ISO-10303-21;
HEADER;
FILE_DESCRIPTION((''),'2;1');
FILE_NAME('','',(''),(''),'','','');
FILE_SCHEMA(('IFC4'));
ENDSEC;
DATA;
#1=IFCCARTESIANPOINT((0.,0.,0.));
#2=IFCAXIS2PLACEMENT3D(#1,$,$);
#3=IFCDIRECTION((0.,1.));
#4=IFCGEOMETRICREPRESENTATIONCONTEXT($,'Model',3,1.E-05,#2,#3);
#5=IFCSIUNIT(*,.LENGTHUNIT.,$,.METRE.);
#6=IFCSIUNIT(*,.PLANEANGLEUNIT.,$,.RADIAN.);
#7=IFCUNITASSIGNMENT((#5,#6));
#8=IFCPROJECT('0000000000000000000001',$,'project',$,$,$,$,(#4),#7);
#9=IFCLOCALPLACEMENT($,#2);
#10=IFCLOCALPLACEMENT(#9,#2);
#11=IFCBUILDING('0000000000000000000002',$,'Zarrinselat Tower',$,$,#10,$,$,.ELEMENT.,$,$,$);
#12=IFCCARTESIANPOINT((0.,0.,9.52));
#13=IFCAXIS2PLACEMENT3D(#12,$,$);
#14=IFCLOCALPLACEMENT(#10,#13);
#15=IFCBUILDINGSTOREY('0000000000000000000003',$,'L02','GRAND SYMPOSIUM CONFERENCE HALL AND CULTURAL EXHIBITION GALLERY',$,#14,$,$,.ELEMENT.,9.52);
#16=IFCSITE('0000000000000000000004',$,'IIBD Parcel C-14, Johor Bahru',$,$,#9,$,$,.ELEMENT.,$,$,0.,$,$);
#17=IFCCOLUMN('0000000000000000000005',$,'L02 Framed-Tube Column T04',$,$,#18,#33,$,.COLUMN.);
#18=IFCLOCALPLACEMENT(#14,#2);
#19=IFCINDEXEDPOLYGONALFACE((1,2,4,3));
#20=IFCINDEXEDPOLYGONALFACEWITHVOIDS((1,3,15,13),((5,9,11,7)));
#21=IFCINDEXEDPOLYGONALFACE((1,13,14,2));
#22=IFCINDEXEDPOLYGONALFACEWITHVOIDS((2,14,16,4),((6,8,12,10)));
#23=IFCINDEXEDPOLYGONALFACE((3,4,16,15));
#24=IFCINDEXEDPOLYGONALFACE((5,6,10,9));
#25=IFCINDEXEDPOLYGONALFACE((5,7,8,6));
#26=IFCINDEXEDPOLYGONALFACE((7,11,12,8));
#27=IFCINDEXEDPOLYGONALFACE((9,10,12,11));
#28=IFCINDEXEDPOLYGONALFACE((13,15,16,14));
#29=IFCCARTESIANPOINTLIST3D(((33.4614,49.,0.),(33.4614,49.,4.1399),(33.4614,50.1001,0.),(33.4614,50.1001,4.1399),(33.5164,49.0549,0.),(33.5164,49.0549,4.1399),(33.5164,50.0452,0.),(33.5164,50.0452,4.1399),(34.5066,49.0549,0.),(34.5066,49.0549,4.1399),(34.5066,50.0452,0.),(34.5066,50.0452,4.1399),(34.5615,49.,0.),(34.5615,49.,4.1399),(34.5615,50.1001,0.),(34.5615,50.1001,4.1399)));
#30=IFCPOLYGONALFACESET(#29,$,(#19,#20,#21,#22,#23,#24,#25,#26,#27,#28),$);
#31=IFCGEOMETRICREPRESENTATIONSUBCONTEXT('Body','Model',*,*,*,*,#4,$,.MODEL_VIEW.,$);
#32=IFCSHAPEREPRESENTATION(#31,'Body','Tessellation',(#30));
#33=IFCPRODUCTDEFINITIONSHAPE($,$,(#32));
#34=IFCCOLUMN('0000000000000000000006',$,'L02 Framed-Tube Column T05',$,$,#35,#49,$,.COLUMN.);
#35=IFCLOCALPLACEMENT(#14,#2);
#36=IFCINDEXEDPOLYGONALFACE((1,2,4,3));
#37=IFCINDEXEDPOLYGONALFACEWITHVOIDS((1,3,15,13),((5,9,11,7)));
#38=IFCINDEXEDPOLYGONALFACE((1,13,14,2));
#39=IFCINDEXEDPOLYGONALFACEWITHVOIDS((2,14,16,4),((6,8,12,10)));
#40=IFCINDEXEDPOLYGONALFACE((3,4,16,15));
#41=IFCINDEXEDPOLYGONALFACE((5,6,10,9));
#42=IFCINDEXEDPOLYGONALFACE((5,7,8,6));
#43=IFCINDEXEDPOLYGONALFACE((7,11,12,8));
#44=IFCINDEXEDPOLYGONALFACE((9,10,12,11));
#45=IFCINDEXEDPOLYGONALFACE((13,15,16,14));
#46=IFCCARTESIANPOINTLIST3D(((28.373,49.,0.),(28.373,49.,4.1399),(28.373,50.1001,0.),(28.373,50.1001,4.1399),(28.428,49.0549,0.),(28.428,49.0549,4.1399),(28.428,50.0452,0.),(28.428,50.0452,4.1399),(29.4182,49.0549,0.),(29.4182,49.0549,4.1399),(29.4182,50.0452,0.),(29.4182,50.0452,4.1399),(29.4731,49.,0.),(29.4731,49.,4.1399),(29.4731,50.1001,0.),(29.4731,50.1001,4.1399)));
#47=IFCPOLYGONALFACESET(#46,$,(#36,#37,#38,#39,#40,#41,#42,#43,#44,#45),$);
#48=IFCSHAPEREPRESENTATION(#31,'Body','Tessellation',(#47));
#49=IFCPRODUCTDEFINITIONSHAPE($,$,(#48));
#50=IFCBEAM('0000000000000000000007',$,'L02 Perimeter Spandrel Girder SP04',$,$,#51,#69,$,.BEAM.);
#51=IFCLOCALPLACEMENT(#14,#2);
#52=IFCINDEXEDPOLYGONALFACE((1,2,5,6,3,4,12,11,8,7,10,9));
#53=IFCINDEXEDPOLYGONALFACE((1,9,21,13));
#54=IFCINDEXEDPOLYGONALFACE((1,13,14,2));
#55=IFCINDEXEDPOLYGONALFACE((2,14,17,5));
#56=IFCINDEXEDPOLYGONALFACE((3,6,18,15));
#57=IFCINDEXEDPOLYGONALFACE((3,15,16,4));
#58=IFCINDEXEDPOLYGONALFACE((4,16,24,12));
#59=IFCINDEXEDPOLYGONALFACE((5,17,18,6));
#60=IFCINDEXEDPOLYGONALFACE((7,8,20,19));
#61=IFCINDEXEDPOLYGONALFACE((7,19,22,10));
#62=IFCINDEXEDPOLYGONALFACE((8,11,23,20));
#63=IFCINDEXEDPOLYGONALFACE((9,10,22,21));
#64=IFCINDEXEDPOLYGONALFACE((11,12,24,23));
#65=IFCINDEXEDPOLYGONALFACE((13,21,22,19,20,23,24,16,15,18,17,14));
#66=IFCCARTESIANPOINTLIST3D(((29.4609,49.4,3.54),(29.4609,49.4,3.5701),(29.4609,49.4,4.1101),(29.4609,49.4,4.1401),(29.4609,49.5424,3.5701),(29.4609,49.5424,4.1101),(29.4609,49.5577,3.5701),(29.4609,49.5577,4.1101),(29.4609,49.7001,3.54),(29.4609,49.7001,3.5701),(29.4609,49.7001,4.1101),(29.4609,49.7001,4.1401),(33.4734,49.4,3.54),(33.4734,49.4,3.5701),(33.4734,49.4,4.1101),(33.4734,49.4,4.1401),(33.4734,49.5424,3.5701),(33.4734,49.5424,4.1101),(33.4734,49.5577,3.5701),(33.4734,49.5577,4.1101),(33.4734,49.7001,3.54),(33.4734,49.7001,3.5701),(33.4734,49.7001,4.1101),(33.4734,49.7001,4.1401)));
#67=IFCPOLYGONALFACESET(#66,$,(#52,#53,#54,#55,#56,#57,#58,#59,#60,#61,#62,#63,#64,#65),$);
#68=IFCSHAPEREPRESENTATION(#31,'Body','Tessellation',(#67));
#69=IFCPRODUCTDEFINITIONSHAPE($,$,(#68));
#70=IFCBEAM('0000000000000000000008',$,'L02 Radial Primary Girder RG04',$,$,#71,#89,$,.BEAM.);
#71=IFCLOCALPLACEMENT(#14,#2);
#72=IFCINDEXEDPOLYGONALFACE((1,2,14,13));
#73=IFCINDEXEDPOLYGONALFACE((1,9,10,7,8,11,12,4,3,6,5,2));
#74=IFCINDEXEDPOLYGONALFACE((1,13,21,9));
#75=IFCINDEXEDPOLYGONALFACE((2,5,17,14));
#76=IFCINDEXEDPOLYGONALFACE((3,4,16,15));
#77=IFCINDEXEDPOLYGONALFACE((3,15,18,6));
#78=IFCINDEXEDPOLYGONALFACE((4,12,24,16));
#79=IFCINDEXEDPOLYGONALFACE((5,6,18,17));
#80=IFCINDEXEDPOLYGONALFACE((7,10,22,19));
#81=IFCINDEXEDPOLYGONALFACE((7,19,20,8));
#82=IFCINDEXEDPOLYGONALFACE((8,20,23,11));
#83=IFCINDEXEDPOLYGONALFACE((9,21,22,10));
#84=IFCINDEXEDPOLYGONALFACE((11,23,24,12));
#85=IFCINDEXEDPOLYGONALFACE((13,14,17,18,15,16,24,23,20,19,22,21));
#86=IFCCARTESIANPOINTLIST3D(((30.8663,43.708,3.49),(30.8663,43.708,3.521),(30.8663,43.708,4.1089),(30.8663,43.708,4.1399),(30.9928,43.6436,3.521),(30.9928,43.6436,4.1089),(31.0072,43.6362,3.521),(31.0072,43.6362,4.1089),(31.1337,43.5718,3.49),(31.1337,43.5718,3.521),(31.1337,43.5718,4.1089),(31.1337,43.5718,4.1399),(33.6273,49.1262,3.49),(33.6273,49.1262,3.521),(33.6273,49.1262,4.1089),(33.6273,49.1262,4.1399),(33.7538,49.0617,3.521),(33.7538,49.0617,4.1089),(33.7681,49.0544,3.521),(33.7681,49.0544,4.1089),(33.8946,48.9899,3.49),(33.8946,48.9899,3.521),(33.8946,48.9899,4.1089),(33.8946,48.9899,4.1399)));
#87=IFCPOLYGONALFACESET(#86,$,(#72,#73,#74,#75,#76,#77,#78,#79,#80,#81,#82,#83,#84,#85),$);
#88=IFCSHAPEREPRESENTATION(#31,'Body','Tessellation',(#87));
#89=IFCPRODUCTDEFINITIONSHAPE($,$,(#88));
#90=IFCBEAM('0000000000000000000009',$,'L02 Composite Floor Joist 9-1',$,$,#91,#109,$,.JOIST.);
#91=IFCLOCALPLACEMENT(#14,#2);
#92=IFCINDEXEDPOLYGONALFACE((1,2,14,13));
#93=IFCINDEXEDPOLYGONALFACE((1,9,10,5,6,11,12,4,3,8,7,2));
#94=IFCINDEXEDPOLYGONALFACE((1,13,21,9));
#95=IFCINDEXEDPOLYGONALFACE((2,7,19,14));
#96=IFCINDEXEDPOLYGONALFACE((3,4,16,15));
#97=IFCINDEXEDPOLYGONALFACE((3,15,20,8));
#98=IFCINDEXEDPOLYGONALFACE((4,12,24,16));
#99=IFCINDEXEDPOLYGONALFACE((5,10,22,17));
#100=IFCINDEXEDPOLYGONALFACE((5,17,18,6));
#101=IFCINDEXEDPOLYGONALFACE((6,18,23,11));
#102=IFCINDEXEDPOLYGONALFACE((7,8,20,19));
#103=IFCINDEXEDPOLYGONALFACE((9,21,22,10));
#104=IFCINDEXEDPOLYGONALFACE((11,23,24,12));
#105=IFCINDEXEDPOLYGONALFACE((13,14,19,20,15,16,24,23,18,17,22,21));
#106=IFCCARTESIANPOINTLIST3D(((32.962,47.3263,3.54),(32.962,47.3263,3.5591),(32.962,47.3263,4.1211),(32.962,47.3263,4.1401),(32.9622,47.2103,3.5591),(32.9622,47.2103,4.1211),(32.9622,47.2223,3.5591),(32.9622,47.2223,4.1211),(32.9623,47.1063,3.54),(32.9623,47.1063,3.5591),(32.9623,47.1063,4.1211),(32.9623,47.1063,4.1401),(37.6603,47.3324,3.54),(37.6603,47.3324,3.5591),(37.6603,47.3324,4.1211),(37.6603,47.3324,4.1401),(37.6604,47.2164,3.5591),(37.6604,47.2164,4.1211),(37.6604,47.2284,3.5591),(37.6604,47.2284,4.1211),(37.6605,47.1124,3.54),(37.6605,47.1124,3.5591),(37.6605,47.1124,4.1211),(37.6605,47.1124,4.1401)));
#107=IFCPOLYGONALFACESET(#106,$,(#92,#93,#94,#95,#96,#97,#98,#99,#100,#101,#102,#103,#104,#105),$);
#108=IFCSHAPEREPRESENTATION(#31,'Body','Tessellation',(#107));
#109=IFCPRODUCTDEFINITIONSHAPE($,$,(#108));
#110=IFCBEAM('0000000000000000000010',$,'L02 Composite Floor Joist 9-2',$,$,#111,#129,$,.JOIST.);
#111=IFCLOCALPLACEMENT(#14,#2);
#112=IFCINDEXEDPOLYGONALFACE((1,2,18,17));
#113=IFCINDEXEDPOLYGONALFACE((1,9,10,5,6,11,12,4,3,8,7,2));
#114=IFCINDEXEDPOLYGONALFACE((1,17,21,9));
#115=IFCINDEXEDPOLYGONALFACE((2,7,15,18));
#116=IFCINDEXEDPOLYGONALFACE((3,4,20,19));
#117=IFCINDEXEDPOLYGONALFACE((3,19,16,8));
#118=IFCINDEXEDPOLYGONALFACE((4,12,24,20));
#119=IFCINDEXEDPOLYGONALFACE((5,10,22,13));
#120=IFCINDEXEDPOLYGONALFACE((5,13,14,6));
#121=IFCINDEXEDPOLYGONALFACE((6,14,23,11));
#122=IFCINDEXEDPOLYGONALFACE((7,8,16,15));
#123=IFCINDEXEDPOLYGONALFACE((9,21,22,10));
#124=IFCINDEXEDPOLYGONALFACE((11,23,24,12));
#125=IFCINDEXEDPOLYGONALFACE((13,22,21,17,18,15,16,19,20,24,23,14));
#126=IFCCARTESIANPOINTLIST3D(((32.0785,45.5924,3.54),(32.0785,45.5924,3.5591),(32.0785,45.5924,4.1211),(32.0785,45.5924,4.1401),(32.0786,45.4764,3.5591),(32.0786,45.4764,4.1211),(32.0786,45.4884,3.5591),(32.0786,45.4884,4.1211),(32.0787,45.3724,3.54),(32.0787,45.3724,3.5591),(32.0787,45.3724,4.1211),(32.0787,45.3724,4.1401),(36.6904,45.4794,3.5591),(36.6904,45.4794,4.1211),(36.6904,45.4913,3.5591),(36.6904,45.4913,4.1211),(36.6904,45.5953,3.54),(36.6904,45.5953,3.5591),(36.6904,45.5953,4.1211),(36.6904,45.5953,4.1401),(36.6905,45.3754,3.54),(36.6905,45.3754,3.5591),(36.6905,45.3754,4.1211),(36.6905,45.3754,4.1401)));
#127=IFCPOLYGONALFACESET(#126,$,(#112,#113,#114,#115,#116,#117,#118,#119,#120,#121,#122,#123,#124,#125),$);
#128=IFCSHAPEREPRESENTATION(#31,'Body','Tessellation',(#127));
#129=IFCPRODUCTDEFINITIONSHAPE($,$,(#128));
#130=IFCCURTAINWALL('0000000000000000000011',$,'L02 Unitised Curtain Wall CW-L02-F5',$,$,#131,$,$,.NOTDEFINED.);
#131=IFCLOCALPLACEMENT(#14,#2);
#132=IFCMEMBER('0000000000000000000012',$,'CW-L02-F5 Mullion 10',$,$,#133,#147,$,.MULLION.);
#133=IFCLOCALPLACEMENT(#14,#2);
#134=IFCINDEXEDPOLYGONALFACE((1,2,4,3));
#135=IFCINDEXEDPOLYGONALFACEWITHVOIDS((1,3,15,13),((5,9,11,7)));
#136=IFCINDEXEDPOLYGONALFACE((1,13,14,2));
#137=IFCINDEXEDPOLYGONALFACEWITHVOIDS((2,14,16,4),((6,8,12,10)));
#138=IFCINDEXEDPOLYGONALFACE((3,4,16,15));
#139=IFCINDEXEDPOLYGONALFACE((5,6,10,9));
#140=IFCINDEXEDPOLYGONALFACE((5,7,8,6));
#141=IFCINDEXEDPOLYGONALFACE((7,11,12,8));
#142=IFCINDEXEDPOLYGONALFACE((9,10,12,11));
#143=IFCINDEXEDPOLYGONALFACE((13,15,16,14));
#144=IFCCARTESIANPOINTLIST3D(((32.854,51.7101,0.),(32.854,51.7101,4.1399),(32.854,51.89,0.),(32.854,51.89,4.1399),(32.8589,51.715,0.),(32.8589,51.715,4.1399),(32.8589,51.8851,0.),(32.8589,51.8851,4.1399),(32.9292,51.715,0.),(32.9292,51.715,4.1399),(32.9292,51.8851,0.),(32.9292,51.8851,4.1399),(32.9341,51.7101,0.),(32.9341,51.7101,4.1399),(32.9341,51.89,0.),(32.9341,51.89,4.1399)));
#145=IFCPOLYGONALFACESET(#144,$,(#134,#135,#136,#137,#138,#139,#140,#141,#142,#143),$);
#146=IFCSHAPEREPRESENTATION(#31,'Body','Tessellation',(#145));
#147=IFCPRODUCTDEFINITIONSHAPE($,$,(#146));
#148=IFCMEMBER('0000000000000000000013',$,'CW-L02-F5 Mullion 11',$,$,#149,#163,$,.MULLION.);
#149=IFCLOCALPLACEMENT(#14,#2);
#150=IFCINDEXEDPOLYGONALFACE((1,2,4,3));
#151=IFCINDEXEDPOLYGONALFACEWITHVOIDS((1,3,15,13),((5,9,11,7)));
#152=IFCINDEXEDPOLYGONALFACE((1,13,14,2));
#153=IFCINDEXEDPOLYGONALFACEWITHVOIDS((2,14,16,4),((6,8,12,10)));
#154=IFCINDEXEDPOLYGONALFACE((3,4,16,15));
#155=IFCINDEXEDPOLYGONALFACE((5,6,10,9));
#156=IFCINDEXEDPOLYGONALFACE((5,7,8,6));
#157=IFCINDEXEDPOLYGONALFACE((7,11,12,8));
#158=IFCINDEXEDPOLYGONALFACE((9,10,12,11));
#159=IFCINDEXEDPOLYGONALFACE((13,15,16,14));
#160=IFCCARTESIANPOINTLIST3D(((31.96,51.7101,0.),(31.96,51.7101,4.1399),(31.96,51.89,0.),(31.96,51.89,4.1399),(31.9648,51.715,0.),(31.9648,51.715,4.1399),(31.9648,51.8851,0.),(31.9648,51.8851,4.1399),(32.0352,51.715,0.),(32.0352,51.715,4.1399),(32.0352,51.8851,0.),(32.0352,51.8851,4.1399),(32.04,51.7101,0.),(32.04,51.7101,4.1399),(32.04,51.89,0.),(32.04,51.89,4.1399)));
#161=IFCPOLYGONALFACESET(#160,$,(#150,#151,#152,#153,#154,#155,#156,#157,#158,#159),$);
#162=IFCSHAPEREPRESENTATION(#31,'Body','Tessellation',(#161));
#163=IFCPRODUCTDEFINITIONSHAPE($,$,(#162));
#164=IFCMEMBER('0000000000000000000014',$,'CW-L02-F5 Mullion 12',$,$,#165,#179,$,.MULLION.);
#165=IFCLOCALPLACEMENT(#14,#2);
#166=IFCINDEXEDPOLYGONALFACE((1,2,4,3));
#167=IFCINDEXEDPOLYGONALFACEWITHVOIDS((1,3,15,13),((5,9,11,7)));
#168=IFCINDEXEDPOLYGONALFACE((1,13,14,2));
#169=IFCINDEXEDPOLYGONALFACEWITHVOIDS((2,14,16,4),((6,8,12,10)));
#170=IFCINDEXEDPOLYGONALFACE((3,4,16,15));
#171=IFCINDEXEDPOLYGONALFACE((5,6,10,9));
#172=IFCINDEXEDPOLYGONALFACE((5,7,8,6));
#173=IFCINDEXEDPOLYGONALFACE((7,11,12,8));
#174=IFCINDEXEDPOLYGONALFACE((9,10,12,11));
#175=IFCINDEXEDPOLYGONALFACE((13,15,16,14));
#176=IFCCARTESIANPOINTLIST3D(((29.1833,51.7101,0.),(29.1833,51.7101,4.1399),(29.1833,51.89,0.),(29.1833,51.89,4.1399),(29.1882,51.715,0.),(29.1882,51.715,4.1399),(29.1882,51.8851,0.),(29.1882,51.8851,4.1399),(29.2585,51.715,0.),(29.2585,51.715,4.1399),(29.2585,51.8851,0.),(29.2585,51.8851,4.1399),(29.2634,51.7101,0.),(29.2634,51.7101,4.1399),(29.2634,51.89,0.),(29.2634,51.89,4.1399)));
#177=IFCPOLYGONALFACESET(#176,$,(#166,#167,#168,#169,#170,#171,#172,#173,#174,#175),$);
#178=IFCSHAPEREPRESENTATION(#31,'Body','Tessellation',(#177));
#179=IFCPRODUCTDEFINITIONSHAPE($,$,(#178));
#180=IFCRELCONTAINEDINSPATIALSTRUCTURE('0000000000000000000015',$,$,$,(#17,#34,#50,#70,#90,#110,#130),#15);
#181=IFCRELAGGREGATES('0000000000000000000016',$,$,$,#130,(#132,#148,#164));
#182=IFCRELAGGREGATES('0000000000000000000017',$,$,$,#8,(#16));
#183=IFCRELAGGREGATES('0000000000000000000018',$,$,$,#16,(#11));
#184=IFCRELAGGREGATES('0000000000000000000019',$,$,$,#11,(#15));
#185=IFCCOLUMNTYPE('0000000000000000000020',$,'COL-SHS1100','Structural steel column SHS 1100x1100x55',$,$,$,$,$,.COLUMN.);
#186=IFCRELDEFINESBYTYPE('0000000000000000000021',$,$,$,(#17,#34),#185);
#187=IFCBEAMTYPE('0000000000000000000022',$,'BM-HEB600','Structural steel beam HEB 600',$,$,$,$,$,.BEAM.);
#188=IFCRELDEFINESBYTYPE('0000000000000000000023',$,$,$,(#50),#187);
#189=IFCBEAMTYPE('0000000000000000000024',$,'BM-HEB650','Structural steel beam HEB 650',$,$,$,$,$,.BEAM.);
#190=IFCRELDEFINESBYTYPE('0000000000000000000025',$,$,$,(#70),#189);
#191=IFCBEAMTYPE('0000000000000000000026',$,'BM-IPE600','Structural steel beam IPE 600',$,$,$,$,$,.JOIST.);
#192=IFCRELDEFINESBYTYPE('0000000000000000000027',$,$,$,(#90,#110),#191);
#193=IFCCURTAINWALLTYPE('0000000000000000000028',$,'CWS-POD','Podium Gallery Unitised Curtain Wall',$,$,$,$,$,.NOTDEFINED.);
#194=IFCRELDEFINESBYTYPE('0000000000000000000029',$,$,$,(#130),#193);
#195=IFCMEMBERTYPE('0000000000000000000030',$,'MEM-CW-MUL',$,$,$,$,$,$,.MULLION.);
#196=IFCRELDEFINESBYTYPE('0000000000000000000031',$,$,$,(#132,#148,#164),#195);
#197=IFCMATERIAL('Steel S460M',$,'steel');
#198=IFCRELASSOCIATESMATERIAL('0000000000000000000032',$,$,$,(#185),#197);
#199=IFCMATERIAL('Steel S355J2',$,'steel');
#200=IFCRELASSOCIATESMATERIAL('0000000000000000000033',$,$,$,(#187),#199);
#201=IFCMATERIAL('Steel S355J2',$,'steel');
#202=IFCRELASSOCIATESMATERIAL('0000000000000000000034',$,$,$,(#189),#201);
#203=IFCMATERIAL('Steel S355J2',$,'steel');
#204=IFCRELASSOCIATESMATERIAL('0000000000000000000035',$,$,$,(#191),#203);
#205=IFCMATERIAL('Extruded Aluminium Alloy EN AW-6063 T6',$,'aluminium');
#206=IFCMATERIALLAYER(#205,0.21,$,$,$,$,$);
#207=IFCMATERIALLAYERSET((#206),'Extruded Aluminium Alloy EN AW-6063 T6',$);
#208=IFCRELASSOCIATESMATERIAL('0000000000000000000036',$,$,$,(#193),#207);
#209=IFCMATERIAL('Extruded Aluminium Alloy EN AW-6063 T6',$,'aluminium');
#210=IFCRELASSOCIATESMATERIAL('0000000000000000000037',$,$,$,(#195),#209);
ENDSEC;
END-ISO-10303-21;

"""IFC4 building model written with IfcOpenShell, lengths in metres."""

from ifc_helpers import new_model, si_unit, direction, frame, origin, origin_2d, place, context, subcontext, project, spatial, hollow_rectangle, i_section, extrude, material, layer, layer_set, material_profile, profile_set, type_object, element, aggregate, save


model = new_model("IFC4")

# Units and contexts
model_context = context("Model", 3, precision=1e-05, world=origin(), true_north=direction((0.0, 1.0)))
body_context = subcontext(model_context, "Body", "Model", "MODEL_VIEW")
ifc_project = project(units=[si_unit("LENGTHUNIT", "METRE"), si_unit("PLANEANGLEUNIT", "RADIAN")], contexts=[model_context])

# Site, building, storey
site_placement = place(None, origin())
site = spatial("IfcSite", under=ifc_project, at=site_placement, Name="IIBD Parcel C-14, Johor Bahru", CompositionType="ELEMENT", RefElevation=0.0)
building_placement = place(site_placement, origin())
building = spatial("IfcBuilding", under=site, at=building_placement, Name="Zarrinselat Tower", CompositionType="ELEMENT")
storey_placement = place(building_placement, frame((0.0, 0.0, 9.52)))
storey = spatial("IfcBuildingStorey", under=building, at=storey_placement, Name="L02", Description="GRAND SYMPOSIUM CONFERENCE HALL AND CULTURAL EXHIBITION GALLERY", CompositionType="ELEMENT", Elevation=9.52)

# Columns
ifc_material_1 = material(Name="Steel S460M", Category="steel")
ifc_material_profile_1 = material_profile(ifc_material_1, hollow_rectangle(XDim=1.1001, YDim=1.1001, WallThickness=0.0549, at=origin_2d()), Name="SHS 1100x1100x55")
ifc_profile_set_1 = profile_set([ifc_material_profile_1], Name="Steel S460M")
column_type = type_object("IfcColumnType", Name="COL-SHS1100", Description="Structural steel column SHS 1100x1100x55", PredefinedType="COLUMN", material=ifc_profile_set_1)
for number, where, z_axis, x_axis, name in (
    (1, (34.0115, 49.55, 0.0), (0.0, 0.0, 1.0), (1.0, 0.0, 0.0), "L02 Framed-Tube Column T04"),
    (2, (28.9231, 49.55, 0.0), (0.0, 0.0, 1.0), (1.0, 0.0, 0.0), "L02 Framed-Tube Column T05"),
):
    element("IfcColumn", number, at=place(storey_placement, frame(where, z_axis=z_axis, x_axis=x_axis)), inside=storey, type_object=column_type, Name=name, PredefinedType="COLUMN", context=body_context, shape_type="SweptSolid", body=[
        extrude(hollow_rectangle(XDim=1.1001, YDim=1.1001, WallThickness=0.0549, at=origin_2d()), origin(), (0.0, 0.0, 1.0), 4.1399),
    ])

# Beams
ifc_material_2 = material(Name="Steel S355J2", Category="steel")
ifc_material_profile_2 = material_profile(ifc_material_2, i_section(OverallWidth=0.3, OverallDepth=0.6001, WebThickness=0.0154, FlangeThickness=0.03, at=origin_2d()), Name="HEB 600")
ifc_profile_set_2 = profile_set([ifc_material_profile_2], Name="Steel S355J2")
beam_type_1 = type_object("IfcBeamType", Name="BM-HEB600", Description="Structural steel beam HEB 600", PredefinedType="BEAM", material=ifc_profile_set_2)
beam_1_placement = place(storey_placement, frame((29.4609, 49.55, 3.8401), z_axis=(1.0, 0.0, 0.0), x_axis=(0.0, 1.0, 0.0)))
element("IfcBeam", 3, at=beam_1_placement, inside=storey, type_object=beam_type_1, Name="L02 Perimeter Spandrel Girder SP04", PredefinedType="BEAM", context=body_context, shape_type="SweptSolid", body=[
    extrude(i_section(OverallWidth=0.3, OverallDepth=0.6001, WebThickness=0.0154, FlangeThickness=0.03, at=origin_2d()), origin(), (0.0, 0.0, 1.0), 4.0125),
])
ifc_material_3 = material(Name="Steel S355J2", Category="steel")
ifc_material_profile_3 = material_profile(ifc_material_3, i_section(OverallWidth=0.3, OverallDepth=0.6499, WebThickness=0.0161, FlangeThickness=0.031, at=origin_2d()), Name="HEB 650")
ifc_profile_set_3 = profile_set([ifc_material_profile_3], Name="Steel S355J2")
beam_type_2 = type_object("IfcBeamType", Name="BM-HEB650", Description="Structural steel beam HEB 650", PredefinedType="BEAM", material=ifc_profile_set_3)
beam_2_placement = place(storey_placement, frame((31.0, 43.6399, 3.8149), z_axis=(0.454026, 0.890989, 0.0), x_axis=(-0.890989, 0.454026, 0.0)))
element("IfcBeam", 4, at=beam_2_placement, inside=storey, type_object=beam_type_2, Name="L02 Radial Primary Girder RG04", PredefinedType="BEAM", context=body_context, shape_type="SweptSolid", body=[
    extrude(i_section(OverallWidth=0.3, OverallDepth=0.6499, WebThickness=0.0161, FlangeThickness=0.031, at=origin_2d()), origin(), (0.0, 0.0, 1.0), 6.0811),
])
ifc_material_4 = material(Name="Steel S355J2", Category="steel")
ifc_material_profile_4 = material_profile(ifc_material_4, i_section(OverallWidth=0.22, OverallDepth=0.6001, WebThickness=0.012, FlangeThickness=0.019, at=origin_2d()), Name="IPE 600")
ifc_profile_set_4 = profile_set([ifc_material_profile_4], Name="Steel S355J2")
beam_type_3 = type_object("IfcBeamType", Name="BM-IPE600", Description="Structural steel beam IPE 600", PredefinedType="JOIST", material=ifc_profile_set_4)
beam_3_placement = place(storey_placement, frame((32.9622, 47.2163, 3.8401), z_axis=(0.999999, 0.001299, 0.0), x_axis=(-0.001299, 0.999999, 0.0)))
element("IfcBeam", 5, at=beam_3_placement, inside=storey, type_object=beam_type_3, Name="L02 Composite Floor Joist 9-1", PredefinedType="JOIST", context=body_context, shape_type="SweptSolid", body=[
    extrude(i_section(OverallWidth=0.22, OverallDepth=0.6001, WebThickness=0.012, FlangeThickness=0.019, at=origin_2d()), origin(), (0.0, 0.0, 1.0), 4.6982),
])
beam_4_placement = place(storey_placement, frame((32.0786, 45.4824, 3.8401), z_axis=(1.0, 0.000635, 0.0), x_axis=(-0.000635, 1.0, 0.0)))
element("IfcBeam", 6, at=beam_4_placement, inside=storey, type_object=beam_type_3, Name="L02 Composite Floor Joist 9-2", PredefinedType="JOIST", context=body_context, shape_type="SweptSolid", body=[
    extrude(i_section(OverallWidth=0.22, OverallDepth=0.6001, WebThickness=0.012, FlangeThickness=0.019, at=origin_2d()), origin(), (0.0, 0.0, 1.0), 4.6118),
])

# Curtain wall, members
ifc_material_5 = material(Name="Extruded Aluminium Alloy EN AW-6063 T6", Category="aluminium")
ifc_layer_1 = layer(ifc_material_5, 0.21)
ifc_layer_set_1 = layer_set([ifc_layer_1], Name="Extruded Aluminium Alloy EN AW-6063 T6")
curtain_wall_type = type_object("IfcCurtainWallType", Name="CWS-POD", Description="Podium Gallery Unitised Curtain Wall", PredefinedType="NOTDEFINED", material=ifc_layer_set_1)
curtain_wall_placement = place(storey_placement, origin())
curtain_wall = element("IfcCurtainWall", 7, at=curtain_wall_placement, inside=storey, type_object=curtain_wall_type, Name="L02 Unitised Curtain Wall CW-L02-F5", PredefinedType="NOTDEFINED")
ifc_material_6 = material(Name="Extruded Aluminium Alloy EN AW-6063 T6", Category="aluminium")
ifc_material_profile_5 = material_profile(ifc_material_6, hollow_rectangle(XDim=0.0801, YDim=0.1799, WallThickness=0.0049, at=origin_2d()), Name="RHS 180x80x5")
ifc_profile_set_5 = profile_set([ifc_material_profile_5], Name="Extruded Aluminium Alloy EN AW-6063 T6")
member_type = type_object("IfcMemberType", Name="MEM-CW-MUL", PredefinedType="MULLION", material=ifc_profile_set_5)
member_1_placement = place(storey_placement, frame((32.894, 51.8, 0.0), z_axis=(0.0, 0.0, 1.0), x_axis=(-1.0, 0.0, 0.0)))
member_1 = element("IfcMember", 8, at=member_1_placement, type_object=member_type, Name="CW-L02-F5 Mullion 10", PredefinedType="MULLION", context=body_context, shape_type="SweptSolid", body=[
    extrude(hollow_rectangle(XDim=0.0801, YDim=0.1799, WallThickness=0.0049, at=origin_2d()), origin(), (0.0, 0.0, 1.0), 4.1399),
])
member_2_placement = place(storey_placement, frame((32.0, 51.8, 0.0), z_axis=(0.0, 0.0, 1.0), x_axis=(-1.0, 0.0, 0.0)))
member_2 = element("IfcMember", 9, at=member_2_placement, type_object=member_type, Name="CW-L02-F5 Mullion 11", PredefinedType="MULLION", context=body_context, shape_type="SweptSolid", body=[
    extrude(hollow_rectangle(XDim=0.0801, YDim=0.1799, WallThickness=0.0049, at=origin_2d()), origin(), (0.0, 0.0, 1.0), 4.1399),
])
member_3_placement = place(storey_placement, frame((29.2234, 51.8, 0.0), z_axis=(0.0, 0.0, 1.0), x_axis=(-1.0, 0.0, 0.0)))
member_3 = element("IfcMember", 10, at=member_3_placement, type_object=member_type, Name="CW-L02-F5 Mullion 12", PredefinedType="MULLION", context=body_context, shape_type="SweptSolid", body=[
    extrude(hollow_rectangle(XDim=0.0801, YDim=0.1799, WallThickness=0.0049, at=origin_2d()), origin(), (0.0, 0.0, 1.0), 4.1399),
])
aggregate(curtain_wall, [member_1, member_2, member_3])

save(model, "model.ifc")
